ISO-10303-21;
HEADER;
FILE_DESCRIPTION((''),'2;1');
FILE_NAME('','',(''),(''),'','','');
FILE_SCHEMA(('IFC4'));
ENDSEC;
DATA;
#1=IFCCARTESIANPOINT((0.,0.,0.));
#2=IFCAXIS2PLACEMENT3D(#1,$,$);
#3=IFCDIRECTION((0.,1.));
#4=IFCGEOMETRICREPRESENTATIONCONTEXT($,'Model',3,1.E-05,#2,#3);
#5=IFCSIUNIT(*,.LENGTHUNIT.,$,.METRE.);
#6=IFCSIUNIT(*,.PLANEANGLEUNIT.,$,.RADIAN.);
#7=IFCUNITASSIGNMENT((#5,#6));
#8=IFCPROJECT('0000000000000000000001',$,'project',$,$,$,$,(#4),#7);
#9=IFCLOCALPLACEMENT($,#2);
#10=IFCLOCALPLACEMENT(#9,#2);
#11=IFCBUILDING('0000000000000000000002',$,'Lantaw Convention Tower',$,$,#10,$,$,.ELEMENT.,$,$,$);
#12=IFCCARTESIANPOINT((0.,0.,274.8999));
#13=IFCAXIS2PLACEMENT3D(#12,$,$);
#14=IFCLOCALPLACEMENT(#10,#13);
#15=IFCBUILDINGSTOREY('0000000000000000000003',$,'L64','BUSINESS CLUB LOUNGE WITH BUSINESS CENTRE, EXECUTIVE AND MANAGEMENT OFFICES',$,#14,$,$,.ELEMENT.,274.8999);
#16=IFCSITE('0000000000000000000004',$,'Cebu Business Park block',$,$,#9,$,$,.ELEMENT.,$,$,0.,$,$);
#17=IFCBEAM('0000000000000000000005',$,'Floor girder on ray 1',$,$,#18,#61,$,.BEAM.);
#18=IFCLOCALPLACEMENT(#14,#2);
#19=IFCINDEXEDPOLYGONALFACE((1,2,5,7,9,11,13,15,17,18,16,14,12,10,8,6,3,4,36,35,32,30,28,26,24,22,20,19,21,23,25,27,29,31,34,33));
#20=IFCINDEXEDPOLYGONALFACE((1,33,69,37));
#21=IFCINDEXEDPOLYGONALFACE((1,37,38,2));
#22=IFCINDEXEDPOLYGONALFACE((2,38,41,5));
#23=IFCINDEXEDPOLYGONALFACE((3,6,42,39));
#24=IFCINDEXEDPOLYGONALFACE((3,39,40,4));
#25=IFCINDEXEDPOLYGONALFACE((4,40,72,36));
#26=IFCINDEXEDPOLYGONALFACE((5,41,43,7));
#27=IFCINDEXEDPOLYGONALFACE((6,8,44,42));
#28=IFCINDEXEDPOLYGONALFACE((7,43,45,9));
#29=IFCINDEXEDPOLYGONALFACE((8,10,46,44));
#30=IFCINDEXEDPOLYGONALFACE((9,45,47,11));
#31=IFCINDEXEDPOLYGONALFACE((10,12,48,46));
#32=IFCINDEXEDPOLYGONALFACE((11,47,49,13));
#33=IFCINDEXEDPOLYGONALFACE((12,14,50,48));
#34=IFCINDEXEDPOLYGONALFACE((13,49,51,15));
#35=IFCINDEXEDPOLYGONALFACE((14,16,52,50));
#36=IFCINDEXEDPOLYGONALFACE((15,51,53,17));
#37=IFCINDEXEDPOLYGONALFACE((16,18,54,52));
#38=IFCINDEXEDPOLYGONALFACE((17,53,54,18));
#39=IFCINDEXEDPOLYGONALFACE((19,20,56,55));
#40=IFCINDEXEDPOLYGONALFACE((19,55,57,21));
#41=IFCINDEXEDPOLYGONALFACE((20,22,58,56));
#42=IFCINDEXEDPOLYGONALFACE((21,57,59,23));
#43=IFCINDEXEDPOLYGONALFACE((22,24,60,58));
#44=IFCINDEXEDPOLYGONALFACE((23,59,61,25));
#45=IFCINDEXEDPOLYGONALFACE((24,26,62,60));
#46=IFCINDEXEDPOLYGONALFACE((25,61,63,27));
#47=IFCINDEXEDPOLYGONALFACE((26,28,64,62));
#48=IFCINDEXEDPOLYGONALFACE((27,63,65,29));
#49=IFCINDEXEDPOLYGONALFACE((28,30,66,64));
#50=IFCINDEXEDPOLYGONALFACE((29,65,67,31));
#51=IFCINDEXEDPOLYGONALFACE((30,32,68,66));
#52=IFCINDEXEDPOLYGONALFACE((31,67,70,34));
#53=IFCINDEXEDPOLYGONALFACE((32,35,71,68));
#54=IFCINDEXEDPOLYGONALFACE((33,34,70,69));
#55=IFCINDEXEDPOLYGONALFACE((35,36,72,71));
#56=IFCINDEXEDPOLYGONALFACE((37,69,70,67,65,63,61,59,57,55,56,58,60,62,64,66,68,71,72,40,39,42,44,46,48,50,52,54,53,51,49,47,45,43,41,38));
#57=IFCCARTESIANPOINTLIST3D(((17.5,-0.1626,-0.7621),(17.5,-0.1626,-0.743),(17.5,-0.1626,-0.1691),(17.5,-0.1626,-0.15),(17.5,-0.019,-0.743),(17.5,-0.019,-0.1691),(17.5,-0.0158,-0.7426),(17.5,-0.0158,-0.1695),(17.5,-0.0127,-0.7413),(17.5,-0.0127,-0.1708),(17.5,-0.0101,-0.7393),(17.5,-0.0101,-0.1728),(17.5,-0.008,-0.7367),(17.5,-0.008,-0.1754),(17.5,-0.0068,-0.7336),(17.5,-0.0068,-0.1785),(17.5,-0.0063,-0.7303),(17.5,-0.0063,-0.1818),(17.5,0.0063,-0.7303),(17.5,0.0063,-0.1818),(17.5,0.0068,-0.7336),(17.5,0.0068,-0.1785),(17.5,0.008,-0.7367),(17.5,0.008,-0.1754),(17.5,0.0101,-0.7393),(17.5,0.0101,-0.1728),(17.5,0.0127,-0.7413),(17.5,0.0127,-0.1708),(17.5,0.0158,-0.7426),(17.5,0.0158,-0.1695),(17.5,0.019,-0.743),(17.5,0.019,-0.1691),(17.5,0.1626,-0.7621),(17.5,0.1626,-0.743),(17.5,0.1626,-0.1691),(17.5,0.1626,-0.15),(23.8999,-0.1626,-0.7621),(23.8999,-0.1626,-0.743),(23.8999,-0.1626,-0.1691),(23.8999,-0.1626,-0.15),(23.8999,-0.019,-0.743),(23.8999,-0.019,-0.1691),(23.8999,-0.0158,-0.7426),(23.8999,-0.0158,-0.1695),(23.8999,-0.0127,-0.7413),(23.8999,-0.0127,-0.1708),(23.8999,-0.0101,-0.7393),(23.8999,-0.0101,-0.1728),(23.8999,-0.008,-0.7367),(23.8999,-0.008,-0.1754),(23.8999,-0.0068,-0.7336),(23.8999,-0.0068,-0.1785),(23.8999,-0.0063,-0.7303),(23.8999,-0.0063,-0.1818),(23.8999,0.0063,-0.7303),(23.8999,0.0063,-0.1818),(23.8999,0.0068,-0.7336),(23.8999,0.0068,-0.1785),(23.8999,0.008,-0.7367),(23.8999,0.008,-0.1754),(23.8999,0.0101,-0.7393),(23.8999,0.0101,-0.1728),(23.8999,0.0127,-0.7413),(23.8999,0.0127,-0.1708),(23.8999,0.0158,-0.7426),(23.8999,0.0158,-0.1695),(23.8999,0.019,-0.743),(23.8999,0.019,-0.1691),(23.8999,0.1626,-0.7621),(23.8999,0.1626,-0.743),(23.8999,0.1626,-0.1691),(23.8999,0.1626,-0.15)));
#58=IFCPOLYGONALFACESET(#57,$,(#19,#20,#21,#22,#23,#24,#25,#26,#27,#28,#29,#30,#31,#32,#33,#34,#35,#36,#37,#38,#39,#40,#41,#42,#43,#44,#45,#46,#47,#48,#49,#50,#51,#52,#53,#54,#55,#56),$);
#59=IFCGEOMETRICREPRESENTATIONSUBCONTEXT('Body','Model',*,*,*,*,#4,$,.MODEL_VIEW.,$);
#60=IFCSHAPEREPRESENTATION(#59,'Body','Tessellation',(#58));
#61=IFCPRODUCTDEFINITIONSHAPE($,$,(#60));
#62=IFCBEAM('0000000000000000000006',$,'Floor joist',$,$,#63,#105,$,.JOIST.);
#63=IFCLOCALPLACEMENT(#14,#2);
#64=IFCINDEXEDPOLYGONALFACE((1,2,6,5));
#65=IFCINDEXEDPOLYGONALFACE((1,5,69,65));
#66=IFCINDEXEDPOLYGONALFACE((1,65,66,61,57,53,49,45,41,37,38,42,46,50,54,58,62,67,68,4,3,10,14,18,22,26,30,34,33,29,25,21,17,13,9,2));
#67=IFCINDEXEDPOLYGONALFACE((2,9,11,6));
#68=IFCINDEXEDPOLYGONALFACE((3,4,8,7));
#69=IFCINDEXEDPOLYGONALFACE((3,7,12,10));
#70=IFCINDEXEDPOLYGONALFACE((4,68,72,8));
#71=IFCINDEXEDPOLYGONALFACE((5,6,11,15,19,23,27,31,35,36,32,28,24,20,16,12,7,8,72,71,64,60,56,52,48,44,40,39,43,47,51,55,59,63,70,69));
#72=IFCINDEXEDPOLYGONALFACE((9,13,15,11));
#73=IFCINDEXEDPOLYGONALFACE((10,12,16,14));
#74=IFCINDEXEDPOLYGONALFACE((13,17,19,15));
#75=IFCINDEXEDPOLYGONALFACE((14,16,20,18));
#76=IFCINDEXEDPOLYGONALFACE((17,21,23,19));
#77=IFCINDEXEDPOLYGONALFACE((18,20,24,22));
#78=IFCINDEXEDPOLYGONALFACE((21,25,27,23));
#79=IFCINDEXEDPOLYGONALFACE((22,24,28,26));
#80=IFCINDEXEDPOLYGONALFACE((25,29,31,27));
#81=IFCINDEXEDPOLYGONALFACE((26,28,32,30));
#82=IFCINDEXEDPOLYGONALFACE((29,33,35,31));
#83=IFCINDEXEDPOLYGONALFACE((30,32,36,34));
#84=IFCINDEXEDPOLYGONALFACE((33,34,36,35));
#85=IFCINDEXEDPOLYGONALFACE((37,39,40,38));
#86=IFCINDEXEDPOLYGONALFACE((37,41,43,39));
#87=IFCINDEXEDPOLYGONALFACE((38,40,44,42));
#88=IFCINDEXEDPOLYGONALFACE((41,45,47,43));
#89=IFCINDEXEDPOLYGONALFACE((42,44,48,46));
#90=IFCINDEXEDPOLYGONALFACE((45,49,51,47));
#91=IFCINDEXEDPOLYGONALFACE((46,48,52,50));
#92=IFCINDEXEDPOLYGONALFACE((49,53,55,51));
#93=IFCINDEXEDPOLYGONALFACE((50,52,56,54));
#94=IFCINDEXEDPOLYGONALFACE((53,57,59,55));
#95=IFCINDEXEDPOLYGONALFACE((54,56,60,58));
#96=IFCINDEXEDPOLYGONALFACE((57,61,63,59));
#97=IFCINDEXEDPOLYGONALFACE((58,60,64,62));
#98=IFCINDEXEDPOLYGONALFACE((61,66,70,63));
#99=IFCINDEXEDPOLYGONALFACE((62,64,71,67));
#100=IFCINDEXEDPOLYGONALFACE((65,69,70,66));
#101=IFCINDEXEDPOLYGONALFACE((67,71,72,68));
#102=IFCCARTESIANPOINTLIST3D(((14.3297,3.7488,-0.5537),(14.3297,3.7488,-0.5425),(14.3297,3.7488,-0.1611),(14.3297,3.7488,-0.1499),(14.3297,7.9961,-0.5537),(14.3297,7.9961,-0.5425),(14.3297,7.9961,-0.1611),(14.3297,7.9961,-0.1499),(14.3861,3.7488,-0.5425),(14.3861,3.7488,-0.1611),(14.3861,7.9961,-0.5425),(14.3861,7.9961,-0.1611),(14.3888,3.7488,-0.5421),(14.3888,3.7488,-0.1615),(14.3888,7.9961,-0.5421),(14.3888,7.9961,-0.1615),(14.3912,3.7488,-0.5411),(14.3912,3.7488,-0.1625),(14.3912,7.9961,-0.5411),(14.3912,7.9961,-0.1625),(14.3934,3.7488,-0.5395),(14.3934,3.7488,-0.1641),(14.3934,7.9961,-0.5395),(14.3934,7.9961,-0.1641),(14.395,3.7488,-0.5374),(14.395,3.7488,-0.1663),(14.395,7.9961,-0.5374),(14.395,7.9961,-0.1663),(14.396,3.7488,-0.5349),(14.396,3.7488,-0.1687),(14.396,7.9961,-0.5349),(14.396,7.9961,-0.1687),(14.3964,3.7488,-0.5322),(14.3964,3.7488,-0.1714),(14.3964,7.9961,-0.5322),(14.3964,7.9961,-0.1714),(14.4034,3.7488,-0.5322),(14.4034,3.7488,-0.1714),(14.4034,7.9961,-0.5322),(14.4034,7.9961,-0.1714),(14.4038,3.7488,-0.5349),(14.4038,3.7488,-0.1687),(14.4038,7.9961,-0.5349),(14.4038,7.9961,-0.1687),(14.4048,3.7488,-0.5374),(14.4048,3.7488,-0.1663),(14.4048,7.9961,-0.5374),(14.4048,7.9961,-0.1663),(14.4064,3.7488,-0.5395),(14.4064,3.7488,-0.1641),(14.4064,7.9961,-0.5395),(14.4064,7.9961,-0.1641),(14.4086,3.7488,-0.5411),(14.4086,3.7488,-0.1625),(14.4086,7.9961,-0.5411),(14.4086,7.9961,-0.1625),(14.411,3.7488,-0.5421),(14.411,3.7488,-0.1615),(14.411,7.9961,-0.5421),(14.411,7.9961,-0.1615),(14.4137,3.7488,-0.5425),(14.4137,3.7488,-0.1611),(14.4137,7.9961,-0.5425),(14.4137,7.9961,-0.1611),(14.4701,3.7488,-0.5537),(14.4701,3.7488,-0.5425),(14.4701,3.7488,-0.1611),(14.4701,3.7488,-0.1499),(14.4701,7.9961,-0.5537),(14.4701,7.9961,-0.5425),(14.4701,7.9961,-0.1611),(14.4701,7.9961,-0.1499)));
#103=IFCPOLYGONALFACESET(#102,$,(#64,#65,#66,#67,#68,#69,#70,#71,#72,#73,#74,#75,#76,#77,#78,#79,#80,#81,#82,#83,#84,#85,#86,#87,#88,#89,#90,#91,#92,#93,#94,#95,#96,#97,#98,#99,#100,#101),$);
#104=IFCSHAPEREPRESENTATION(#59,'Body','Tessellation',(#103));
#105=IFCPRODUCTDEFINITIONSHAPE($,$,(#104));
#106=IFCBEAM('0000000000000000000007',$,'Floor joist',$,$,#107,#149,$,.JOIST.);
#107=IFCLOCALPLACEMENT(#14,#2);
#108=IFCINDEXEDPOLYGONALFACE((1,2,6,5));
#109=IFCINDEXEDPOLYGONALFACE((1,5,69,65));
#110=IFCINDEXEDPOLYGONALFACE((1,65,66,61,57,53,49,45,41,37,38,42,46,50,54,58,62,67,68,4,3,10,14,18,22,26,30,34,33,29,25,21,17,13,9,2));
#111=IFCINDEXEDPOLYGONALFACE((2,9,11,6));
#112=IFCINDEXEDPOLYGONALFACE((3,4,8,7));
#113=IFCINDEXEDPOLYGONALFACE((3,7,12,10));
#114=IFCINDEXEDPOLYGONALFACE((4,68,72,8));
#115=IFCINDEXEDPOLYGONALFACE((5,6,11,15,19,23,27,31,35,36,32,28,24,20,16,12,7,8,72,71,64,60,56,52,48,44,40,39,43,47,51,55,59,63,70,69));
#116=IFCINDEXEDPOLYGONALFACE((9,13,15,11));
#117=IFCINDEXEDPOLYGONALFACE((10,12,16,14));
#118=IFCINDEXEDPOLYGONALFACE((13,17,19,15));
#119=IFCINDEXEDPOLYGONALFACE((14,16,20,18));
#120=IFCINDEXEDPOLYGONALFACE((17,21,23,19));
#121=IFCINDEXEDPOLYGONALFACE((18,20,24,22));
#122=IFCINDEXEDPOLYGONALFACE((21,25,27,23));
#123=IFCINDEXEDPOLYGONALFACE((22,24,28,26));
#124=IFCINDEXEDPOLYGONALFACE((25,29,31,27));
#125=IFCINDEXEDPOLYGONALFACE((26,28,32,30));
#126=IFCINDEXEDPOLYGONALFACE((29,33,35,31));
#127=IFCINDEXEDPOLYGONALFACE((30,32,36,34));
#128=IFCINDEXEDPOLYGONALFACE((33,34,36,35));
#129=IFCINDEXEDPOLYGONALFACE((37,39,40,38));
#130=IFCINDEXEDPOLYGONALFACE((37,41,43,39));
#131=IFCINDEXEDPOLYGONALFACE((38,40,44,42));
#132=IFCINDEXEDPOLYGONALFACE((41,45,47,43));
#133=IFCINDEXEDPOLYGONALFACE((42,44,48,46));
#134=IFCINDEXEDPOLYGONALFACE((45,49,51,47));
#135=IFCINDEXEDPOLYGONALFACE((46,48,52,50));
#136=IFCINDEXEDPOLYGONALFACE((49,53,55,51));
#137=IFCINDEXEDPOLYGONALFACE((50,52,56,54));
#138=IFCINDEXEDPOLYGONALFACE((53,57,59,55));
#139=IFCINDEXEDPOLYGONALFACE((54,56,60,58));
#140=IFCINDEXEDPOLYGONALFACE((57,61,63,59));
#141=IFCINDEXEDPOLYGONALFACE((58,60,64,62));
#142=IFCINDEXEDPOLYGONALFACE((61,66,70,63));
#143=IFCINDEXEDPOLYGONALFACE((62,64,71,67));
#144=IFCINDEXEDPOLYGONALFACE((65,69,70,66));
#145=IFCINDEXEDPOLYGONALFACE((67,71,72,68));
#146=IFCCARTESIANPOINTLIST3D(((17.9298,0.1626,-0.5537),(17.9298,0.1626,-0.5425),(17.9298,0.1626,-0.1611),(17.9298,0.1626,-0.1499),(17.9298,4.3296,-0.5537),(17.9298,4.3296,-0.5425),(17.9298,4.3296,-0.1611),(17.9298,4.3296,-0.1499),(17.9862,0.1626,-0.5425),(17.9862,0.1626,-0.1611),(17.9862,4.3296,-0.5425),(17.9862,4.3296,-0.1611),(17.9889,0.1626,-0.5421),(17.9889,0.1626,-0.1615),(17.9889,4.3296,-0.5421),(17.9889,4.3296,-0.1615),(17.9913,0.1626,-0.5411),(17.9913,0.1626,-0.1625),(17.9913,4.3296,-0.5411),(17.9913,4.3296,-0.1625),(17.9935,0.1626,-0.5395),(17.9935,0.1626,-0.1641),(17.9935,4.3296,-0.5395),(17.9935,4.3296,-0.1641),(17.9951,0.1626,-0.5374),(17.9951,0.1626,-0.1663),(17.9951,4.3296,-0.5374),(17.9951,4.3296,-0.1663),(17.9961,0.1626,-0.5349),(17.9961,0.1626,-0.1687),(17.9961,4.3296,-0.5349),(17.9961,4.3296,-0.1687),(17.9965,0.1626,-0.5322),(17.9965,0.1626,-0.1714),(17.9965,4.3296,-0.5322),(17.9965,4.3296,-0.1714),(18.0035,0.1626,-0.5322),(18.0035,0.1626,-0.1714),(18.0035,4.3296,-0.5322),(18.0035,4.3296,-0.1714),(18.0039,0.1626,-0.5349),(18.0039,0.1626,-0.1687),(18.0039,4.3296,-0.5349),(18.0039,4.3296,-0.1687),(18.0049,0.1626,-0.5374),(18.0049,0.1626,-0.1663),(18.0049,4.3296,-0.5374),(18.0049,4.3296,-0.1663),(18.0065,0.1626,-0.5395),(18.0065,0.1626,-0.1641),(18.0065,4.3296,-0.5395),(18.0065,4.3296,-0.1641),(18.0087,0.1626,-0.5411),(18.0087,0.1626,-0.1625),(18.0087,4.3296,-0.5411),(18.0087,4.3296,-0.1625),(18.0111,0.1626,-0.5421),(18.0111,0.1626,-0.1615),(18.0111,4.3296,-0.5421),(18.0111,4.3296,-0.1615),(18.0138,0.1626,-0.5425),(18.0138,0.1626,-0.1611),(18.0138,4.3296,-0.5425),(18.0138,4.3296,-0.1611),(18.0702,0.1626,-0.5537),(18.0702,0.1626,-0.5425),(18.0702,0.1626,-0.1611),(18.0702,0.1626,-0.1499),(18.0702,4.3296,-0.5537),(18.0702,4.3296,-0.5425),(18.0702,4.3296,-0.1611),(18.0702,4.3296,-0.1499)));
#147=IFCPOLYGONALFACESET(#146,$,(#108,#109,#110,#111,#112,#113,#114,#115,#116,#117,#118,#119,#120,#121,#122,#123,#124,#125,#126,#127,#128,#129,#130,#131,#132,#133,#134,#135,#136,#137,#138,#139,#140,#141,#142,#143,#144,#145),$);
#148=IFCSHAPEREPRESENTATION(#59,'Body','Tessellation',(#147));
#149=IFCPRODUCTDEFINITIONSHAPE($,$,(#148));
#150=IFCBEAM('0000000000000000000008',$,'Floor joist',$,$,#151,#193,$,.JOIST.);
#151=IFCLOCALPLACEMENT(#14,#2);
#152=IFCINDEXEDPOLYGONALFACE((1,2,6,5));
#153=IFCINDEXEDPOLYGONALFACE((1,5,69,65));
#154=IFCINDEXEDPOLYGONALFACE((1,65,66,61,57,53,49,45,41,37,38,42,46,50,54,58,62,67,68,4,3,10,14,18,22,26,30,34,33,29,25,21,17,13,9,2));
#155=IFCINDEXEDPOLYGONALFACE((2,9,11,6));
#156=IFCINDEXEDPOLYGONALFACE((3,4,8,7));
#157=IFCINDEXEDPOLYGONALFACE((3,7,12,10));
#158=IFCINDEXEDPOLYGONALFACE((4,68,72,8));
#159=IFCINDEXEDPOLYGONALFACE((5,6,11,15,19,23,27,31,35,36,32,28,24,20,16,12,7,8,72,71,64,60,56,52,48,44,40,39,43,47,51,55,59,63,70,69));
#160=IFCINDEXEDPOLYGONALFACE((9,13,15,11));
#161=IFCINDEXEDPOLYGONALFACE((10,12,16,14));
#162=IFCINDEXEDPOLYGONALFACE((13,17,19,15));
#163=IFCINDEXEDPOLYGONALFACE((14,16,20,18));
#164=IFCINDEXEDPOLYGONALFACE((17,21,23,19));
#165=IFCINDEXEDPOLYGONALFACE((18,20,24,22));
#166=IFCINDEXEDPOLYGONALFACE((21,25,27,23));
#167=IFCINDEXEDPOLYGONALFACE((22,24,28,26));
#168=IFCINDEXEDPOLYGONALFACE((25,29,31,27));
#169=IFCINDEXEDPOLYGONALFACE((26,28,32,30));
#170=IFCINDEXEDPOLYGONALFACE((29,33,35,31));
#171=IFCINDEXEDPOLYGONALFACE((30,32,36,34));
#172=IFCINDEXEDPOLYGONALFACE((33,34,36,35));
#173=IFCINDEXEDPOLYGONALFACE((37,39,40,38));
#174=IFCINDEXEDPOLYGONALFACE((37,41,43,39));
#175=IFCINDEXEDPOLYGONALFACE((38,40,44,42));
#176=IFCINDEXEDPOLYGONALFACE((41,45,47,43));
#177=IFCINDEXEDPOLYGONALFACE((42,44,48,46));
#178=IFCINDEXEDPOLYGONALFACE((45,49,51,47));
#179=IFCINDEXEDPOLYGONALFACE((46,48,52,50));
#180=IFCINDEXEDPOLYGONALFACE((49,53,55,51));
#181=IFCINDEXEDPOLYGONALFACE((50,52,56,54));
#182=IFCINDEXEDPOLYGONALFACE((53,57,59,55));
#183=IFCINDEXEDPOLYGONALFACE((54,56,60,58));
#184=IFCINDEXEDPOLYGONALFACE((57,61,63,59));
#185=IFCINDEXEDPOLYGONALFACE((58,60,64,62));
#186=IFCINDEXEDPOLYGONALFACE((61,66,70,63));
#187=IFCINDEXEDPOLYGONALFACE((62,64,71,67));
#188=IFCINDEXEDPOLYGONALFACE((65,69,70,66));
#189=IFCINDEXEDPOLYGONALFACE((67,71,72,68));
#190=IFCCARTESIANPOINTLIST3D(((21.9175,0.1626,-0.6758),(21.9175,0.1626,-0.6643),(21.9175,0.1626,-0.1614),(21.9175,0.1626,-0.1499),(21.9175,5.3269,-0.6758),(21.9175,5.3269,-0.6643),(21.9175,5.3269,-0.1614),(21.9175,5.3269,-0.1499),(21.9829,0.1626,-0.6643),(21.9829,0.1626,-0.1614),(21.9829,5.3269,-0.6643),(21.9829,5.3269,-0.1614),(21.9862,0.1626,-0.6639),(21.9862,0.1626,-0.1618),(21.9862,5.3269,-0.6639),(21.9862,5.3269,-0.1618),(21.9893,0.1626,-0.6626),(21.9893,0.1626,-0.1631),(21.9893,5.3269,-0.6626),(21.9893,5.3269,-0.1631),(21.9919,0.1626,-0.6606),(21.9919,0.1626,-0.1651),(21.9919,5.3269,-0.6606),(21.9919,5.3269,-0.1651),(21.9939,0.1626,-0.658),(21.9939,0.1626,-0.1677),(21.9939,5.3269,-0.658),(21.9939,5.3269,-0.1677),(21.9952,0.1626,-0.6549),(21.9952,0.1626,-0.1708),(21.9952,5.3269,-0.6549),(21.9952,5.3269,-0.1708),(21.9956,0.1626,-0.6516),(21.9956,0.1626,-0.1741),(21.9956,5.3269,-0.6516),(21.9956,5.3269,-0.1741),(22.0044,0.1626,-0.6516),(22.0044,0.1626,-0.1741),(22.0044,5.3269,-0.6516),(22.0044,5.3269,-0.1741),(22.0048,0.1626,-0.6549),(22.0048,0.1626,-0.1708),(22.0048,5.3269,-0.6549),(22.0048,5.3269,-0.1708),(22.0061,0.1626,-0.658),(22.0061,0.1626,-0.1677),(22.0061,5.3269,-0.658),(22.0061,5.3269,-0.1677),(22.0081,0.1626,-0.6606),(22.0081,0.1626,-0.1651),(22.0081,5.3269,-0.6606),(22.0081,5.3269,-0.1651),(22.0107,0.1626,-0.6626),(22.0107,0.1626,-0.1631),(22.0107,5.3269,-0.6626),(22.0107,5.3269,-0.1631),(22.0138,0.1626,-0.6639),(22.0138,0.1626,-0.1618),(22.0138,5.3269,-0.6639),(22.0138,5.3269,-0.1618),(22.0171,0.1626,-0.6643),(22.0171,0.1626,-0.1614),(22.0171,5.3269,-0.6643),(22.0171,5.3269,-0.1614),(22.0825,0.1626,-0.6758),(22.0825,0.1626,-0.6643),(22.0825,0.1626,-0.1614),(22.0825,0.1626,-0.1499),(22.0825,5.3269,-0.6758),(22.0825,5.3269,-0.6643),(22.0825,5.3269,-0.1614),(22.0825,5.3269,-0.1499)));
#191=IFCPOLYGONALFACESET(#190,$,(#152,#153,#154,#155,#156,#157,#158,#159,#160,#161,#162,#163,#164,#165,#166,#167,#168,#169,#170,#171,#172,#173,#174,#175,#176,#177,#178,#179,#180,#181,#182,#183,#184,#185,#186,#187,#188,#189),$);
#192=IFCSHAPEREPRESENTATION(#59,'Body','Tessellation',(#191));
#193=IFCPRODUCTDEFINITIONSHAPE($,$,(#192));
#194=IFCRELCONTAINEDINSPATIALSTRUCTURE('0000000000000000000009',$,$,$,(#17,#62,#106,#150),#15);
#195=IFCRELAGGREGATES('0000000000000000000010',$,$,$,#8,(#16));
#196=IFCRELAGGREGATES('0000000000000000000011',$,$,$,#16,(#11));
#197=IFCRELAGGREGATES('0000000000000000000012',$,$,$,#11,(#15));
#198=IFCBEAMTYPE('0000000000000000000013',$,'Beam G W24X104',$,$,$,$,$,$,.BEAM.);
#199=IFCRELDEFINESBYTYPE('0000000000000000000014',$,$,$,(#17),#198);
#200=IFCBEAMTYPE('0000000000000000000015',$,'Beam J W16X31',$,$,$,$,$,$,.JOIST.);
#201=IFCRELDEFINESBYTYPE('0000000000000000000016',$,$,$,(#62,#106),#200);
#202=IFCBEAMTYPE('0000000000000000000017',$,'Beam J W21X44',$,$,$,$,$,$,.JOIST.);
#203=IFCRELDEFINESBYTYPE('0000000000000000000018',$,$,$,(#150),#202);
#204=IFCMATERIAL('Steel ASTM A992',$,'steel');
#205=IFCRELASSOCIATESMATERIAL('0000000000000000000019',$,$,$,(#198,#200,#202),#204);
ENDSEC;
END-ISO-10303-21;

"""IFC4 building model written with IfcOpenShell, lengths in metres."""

from ifc_helpers import new_model, si_unit, direction, frame, origin, origin_2d, place, context, subcontext, project, spatial, i_section, extrude, material, material_profile, profile_set, type_object, element, save


model = new_model("IFC4")

# Units and contexts
model_context = context("Model", 3, precision=1e-05, world=origin(), true_north=direction((0.0, 1.0)))
body_context = subcontext(model_context, "Body", "Model", "MODEL_VIEW")
ifc_project = project(units=[si_unit("LENGTHUNIT", "METRE"), si_unit("PLANEANGLEUNIT", "RADIAN")], contexts=[model_context])

# Site, building, storey
site_placement = place(None, origin())
site = spatial("IfcSite", under=ifc_project, at=site_placement, Name="Cebu Business Park block", CompositionType="ELEMENT", RefElevation=0.0)
building_placement = place(site_placement, origin())
building = spatial("IfcBuilding", under=site, at=building_placement, Name="Lantaw Convention Tower", CompositionType="ELEMENT")
storey_placement = place(building_placement, frame((0.0, 0.0, 274.8999)))
storey = spatial("IfcBuildingStorey", under=building, at=storey_placement, Name="L64", Description="BUSINESS CLUB LOUNGE WITH BUSINESS CENTRE, EXECUTIVE AND MANAGEMENT OFFICES", CompositionType="ELEMENT", Elevation=274.8999)

# Beams
ifc_material_1 = material(Name="Steel ASTM A992", Category="steel")
ifc_material_profile_1 = material_profile(ifc_material_1, i_section(OverallWidth=0.3252, OverallDepth=0.6121, WebThickness=0.0127, FlangeThickness=0.019, FilletRadius=0.0127, at=origin_2d()), Name="W24X104")
ifc_profile_set_1 = profile_set([ifc_material_profile_1], Name="Steel ASTM A992")
beam_type_1 = type_object("IfcBeamType", Name="Beam G W24X104", PredefinedType="BEAM", material=ifc_profile_set_1)
beam_1_placement = place(storey_placement, frame((17.5, 0.0, -0.4561), z_axis=(1.0, 0.0, 0.0), x_axis=(0.0, 1.0, 0.0)))
element("IfcBeam", 1, at=beam_1_placement, inside=storey, type_object=beam_type_1, Name="Floor girder on ray 1", PredefinedType="BEAM", context=body_context, shape_type="SweptSolid", body=[
    extrude(i_section(OverallWidth=0.3252, OverallDepth=0.6121, WebThickness=0.0127, FlangeThickness=0.019, FilletRadius=0.0127, at=origin_2d()), origin(), (0.0, 0.0, 1.0), 6.3999),
])
ifc_material_profile_2 = material_profile(ifc_material_1, i_section(OverallWidth=0.1404, OverallDepth=0.4038, WebThickness=0.0071, FlangeThickness=0.0112, FilletRadius=0.0103, at=origin_2d()), Name="W16X31")
ifc_profile_set_2 = profile_set([ifc_material_profile_2], Name="Steel ASTM A992")
beam_type_2 = type_object("IfcBeamType", Name="Beam J W16X31", PredefinedType="JOIST", material=ifc_profile_set_2)
beam_2_placement = place(storey_placement, frame((14.3999, 3.7488, -0.3518), z_axis=(0.0, 1.0, 0.0), x_axis=(-1.0, 0.0, 0.0)))
element("IfcBeam", 2, at=beam_2_placement, inside=storey, type_object=beam_type_2, Name="Floor joist", PredefinedType="JOIST", context=body_context, shape_type="SweptSolid", body=[
    extrude(i_section(OverallWidth=0.1404, OverallDepth=0.4038, WebThickness=0.0071, FlangeThickness=0.0112, FilletRadius=0.0103, at=origin_2d()), origin(), (0.0, 0.0, 1.0), 4.2473),
])
beam_3_placement = place(storey_placement, frame((18.0, 0.1626, -0.3518), z_axis=(0.0, 1.0, 0.0), x_axis=(-1.0, 0.0, 0.0)))
element("IfcBeam", 3, at=beam_3_placement, inside=storey, type_object=beam_type_2, Name="Floor joist", PredefinedType="JOIST", context=body_context, shape_type="SweptSolid", body=[
    extrude(i_section(OverallWidth=0.1404, OverallDepth=0.4038, WebThickness=0.0071, FlangeThickness=0.0112, FilletRadius=0.0103, at=origin_2d()), origin(), (0.0, 0.0, 1.0), 4.167),
])
ifc_material_profile_3 = material_profile(ifc_material_1, i_section(OverallWidth=0.165, OverallDepth=0.5259, WebThickness=0.0088, FlangeThickness=0.0115, FilletRadius=0.0127, at=origin_2d()), Name="W21X44")
ifc_profile_set_3 = profile_set([ifc_material_profile_3], Name="Steel ASTM A992")
beam_type_3 = type_object("IfcBeamType", Name="Beam J W21X44", PredefinedType="JOIST", material=ifc_profile_set_3)
beam_4_placement = place(storey_placement, frame((22.0, 0.1626, -0.4128), z_axis=(0.0, 1.0, 0.0), x_axis=(-1.0, 0.0, 0.0)))
element("IfcBeam", 4, at=beam_4_placement, inside=storey, type_object=beam_type_3, Name="Floor joist", PredefinedType="JOIST", context=body_context, shape_type="SweptSolid", body=[
    extrude(i_section(OverallWidth=0.165, OverallDepth=0.5259, WebThickness=0.0088, FlangeThickness=0.0115, FilletRadius=0.0127, at=origin_2d()), origin(), (0.0, 0.0, 1.0), 5.1643),
])

save(model, "model.ifc")
